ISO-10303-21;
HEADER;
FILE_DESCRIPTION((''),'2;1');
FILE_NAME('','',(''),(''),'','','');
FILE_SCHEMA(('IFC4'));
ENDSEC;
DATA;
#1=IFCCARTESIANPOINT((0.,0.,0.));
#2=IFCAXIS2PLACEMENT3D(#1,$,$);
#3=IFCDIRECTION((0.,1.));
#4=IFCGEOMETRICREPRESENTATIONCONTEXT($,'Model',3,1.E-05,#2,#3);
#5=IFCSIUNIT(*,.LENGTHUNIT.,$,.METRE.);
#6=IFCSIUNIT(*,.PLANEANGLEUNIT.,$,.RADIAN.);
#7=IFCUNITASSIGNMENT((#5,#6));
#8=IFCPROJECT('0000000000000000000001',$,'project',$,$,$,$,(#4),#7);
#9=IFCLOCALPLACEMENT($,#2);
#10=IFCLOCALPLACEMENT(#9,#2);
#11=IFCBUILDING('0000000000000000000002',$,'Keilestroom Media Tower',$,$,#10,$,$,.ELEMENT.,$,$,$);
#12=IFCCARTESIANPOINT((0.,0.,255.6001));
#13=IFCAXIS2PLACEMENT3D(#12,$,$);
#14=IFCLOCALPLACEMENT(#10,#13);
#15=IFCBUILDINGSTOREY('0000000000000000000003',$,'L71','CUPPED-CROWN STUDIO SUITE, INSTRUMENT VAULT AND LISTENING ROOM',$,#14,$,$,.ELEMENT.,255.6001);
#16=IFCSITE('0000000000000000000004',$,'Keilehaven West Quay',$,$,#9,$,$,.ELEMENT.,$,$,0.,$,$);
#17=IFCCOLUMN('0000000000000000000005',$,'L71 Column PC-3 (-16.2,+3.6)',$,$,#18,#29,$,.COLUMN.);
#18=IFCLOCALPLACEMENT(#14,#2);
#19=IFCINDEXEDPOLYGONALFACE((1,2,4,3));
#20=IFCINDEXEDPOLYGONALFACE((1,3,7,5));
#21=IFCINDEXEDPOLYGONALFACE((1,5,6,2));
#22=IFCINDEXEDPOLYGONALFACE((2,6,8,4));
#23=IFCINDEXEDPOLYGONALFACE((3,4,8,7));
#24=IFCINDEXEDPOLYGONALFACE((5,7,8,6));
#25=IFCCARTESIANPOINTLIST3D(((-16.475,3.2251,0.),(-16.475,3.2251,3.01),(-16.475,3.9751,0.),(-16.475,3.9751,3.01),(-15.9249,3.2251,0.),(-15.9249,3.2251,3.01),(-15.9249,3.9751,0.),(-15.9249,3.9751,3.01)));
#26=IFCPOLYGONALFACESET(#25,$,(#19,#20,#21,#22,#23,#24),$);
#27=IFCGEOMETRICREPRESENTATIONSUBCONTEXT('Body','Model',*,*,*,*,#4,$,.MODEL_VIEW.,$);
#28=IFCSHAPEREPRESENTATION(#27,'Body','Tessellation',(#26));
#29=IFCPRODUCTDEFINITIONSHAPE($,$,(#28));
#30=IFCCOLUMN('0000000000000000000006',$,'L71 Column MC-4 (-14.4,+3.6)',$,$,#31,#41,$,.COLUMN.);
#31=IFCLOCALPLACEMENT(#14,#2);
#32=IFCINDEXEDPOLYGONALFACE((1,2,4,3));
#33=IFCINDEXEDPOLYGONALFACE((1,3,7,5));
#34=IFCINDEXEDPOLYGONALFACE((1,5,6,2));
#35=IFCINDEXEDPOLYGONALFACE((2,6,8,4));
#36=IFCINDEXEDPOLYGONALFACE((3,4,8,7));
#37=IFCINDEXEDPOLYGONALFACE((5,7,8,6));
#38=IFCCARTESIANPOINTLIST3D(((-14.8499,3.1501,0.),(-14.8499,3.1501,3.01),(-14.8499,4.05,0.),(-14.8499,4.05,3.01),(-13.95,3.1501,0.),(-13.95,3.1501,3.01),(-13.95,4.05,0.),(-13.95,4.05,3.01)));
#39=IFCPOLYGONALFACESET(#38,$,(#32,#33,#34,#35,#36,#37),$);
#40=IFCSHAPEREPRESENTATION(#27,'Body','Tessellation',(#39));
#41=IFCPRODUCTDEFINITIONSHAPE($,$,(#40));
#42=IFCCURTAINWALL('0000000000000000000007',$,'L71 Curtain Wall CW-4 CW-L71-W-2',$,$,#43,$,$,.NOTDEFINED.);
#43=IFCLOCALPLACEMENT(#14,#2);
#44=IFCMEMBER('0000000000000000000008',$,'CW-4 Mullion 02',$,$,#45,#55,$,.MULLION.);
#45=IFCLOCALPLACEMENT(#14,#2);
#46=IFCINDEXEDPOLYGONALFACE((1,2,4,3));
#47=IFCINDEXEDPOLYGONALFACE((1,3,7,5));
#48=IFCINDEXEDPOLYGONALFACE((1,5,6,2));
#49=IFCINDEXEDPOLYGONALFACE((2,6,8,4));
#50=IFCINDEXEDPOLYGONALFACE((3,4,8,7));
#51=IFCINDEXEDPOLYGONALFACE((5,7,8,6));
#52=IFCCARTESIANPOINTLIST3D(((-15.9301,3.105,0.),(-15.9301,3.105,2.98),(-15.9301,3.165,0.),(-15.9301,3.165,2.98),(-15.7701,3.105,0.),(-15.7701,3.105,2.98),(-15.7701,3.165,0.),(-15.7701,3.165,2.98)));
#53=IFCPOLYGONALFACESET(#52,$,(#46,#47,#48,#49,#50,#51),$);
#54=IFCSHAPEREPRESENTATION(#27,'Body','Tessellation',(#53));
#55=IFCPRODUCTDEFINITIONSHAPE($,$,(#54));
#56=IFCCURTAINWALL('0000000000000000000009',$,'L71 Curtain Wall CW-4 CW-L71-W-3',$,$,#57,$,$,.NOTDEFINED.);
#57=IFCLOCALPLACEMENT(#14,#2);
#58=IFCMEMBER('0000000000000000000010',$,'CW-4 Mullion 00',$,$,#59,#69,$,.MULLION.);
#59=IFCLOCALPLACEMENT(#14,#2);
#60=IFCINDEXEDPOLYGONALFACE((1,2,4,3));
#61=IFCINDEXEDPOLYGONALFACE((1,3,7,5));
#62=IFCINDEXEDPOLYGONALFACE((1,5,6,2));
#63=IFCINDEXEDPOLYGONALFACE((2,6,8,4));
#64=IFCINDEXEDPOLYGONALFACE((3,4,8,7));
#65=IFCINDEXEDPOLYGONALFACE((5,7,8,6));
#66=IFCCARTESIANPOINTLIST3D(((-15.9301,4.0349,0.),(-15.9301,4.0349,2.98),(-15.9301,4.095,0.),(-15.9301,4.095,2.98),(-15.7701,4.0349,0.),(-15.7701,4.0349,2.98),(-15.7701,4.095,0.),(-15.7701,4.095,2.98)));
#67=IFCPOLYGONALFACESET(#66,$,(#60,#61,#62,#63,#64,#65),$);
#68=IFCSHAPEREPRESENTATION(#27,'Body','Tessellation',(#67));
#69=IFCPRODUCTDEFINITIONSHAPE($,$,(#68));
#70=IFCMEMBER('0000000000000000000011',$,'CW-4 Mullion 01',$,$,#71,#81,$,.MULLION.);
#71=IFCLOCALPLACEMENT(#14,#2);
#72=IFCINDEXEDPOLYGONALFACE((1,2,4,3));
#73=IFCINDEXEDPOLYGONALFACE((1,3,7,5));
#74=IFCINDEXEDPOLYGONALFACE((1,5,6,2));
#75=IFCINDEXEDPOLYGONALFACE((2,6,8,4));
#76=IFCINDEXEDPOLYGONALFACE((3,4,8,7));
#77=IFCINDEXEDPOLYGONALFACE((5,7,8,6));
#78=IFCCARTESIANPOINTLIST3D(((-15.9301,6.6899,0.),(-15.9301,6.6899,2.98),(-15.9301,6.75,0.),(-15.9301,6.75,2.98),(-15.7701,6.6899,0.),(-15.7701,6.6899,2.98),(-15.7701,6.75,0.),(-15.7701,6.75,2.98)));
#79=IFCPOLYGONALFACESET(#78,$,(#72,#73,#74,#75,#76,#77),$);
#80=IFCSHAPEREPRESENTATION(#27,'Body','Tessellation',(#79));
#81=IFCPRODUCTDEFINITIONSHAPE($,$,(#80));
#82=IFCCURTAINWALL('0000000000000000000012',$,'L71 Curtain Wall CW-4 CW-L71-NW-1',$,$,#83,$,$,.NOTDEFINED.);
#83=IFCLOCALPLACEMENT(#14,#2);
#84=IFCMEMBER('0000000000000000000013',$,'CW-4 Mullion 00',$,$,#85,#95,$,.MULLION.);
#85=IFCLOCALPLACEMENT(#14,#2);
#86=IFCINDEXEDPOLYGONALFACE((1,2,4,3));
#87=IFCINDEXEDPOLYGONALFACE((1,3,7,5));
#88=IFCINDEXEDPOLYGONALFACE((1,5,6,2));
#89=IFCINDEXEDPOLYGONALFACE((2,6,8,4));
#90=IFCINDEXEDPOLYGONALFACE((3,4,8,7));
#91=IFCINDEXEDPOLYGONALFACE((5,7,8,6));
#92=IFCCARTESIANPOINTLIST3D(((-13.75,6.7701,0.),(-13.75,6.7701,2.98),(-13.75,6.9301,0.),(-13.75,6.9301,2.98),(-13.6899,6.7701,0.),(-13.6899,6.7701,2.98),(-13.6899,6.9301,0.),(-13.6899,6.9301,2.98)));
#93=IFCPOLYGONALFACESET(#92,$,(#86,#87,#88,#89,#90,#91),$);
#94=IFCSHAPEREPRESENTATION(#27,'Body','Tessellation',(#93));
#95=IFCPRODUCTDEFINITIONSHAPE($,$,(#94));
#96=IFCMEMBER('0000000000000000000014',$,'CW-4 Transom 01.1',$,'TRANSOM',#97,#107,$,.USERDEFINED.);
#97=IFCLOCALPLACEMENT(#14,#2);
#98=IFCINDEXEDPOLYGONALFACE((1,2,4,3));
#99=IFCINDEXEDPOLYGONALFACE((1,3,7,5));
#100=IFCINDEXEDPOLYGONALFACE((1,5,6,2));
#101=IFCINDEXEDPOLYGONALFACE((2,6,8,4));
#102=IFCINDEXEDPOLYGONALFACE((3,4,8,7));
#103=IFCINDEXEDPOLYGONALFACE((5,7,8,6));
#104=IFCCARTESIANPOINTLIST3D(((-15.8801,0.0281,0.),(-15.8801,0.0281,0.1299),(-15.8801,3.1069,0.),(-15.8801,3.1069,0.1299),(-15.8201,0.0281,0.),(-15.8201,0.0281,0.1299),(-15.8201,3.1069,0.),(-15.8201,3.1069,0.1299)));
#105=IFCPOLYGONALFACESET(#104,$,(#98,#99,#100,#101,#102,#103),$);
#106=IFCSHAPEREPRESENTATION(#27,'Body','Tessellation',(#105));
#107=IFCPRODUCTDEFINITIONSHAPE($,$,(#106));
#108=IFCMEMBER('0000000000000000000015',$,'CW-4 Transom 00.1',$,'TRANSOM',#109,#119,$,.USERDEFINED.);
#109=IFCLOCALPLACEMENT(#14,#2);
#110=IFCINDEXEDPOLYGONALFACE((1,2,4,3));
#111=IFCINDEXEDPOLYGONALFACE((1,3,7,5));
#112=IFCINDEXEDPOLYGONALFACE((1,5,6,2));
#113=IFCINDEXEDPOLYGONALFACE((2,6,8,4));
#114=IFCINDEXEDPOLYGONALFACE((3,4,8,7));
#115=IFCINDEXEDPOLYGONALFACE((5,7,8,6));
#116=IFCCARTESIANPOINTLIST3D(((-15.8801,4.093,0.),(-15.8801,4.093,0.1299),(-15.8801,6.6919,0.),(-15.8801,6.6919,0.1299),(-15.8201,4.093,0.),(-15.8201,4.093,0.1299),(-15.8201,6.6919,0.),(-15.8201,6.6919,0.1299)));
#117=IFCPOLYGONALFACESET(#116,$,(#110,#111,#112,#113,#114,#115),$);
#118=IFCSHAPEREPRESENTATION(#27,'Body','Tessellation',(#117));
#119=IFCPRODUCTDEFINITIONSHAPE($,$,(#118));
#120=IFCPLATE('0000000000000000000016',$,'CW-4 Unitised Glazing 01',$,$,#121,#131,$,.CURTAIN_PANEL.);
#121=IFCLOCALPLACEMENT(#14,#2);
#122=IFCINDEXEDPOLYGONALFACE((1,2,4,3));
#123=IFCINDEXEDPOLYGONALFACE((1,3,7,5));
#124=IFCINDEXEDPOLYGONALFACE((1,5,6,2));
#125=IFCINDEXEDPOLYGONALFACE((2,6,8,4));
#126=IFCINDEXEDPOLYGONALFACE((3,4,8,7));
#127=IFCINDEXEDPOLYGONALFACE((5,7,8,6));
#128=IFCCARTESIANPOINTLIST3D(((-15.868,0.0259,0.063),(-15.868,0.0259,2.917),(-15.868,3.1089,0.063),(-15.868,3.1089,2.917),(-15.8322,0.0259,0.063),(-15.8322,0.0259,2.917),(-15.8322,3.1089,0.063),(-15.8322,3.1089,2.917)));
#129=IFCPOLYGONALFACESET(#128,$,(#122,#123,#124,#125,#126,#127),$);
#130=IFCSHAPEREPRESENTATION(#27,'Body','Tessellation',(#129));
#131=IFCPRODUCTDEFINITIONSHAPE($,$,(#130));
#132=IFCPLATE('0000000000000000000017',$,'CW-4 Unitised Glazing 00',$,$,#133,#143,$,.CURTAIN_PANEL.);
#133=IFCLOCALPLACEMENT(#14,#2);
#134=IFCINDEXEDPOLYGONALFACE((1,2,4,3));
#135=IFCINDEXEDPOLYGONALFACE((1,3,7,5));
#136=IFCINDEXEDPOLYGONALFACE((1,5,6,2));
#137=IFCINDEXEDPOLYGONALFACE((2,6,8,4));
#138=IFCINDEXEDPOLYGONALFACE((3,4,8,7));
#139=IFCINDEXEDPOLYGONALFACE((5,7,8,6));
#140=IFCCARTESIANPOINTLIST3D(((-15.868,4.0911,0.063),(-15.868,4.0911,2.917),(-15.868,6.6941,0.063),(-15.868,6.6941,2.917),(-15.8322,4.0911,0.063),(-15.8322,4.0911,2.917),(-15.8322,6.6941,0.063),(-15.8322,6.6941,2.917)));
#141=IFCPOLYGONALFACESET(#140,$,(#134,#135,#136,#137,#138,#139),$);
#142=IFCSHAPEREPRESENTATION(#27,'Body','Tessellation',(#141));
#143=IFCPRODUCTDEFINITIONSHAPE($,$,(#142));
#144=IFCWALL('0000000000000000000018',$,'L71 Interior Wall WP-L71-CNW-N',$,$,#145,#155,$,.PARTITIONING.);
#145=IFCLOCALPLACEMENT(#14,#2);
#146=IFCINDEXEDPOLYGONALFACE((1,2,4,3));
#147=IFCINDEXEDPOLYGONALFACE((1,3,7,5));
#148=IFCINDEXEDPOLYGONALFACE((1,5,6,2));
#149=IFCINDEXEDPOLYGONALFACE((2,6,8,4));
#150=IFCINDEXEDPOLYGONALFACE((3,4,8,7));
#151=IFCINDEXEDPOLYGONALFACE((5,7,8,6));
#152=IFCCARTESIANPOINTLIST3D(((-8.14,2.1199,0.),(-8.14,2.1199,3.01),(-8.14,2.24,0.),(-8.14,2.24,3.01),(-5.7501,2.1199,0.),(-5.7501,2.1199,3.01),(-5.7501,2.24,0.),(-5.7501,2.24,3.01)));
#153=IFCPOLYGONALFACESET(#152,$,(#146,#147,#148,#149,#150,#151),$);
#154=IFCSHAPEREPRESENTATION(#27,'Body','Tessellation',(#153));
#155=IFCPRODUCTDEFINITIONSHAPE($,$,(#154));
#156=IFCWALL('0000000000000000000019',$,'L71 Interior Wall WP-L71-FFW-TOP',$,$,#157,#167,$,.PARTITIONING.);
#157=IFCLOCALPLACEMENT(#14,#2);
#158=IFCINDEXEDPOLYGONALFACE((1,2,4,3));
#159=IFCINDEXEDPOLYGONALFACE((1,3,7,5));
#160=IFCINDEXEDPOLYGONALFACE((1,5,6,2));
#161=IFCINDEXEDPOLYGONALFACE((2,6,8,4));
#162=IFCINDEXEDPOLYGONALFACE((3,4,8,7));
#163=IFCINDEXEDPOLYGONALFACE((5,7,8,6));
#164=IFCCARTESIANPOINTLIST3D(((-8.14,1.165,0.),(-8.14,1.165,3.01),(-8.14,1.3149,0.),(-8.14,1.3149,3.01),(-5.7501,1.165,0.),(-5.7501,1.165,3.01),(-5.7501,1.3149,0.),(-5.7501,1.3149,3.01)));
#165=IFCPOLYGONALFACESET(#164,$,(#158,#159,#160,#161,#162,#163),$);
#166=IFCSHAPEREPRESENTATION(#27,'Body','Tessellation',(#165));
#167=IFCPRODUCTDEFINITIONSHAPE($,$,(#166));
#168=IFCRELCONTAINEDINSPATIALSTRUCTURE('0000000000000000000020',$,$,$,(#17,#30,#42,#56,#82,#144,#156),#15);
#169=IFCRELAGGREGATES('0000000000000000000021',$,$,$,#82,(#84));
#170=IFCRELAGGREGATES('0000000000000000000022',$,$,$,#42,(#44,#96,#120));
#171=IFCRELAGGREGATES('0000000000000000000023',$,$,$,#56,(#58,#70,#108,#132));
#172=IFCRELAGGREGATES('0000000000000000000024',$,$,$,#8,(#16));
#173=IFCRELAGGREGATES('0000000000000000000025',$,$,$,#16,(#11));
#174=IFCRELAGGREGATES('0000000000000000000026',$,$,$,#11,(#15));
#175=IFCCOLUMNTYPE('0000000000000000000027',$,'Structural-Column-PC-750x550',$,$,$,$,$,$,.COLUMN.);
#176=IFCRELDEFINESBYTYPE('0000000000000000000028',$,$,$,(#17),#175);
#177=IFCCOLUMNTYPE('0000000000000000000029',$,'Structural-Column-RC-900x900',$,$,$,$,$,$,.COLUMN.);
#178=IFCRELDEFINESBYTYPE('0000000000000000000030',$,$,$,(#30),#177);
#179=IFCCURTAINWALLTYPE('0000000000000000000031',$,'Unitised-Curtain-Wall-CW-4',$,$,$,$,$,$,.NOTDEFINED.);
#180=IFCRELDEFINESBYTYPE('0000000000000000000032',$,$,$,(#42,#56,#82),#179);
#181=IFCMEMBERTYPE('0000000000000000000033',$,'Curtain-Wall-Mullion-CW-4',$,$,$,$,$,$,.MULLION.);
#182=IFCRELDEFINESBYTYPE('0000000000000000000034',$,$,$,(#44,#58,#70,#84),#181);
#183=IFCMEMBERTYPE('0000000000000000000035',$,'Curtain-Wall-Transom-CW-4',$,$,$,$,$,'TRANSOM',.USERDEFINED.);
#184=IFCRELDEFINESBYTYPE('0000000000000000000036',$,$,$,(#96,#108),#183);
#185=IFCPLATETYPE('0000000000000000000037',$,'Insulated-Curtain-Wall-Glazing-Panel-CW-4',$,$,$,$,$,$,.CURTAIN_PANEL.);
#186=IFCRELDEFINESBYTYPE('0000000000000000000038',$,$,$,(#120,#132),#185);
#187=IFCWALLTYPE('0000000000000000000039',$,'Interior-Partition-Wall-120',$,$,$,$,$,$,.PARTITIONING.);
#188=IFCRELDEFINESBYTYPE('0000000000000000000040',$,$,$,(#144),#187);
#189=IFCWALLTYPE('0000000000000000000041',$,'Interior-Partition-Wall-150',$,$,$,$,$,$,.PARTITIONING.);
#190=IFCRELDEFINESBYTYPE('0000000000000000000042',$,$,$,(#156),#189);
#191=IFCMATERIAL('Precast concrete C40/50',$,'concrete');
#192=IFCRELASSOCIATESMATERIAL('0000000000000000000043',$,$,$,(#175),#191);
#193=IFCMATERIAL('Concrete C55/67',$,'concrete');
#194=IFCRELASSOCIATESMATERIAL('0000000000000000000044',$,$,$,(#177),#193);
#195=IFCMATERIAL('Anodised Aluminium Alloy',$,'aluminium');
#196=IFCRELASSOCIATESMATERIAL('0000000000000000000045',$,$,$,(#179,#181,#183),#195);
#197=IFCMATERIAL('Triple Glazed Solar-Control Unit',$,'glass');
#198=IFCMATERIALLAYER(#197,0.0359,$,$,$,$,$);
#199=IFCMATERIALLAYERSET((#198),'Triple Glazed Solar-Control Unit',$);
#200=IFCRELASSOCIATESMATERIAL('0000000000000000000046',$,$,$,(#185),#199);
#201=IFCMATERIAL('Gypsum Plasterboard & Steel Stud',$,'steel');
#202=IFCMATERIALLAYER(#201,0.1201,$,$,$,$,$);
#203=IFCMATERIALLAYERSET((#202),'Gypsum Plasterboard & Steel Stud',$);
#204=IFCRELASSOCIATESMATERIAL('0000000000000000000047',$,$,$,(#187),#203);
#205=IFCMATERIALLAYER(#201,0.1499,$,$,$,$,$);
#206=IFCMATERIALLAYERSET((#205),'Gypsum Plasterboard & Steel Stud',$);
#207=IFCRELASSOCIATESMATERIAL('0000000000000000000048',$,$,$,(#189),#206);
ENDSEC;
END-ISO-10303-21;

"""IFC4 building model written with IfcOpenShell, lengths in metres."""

from ifc_helpers import new_model, si_unit, direction, frame, frame_2d, origin, origin_2d, place, context, subcontext, project, spatial, rectangle, extrude, source, transform, mapped, material, layer, layer_set, material_profile, profile_set, type_object, element, aggregate, save


model = new_model("IFC4")

# Units and contexts
model_context = context("Model", 3, precision=1e-05, world=origin(), true_north=direction((0.0, 1.0)))
body_context = subcontext(model_context, "Body", "Model", "MODEL_VIEW")
ifc_project = project(units=[si_unit("LENGTHUNIT", "METRE"), si_unit("PLANEANGLEUNIT", "RADIAN")], contexts=[model_context])

# Site, building, storey
site_placement = place(None, origin())
site = spatial("IfcSite", under=ifc_project, at=site_placement, Name="Keilehaven West Quay", CompositionType="ELEMENT", RefElevation=0.0)
building_placement = place(site_placement, origin())
building = spatial("IfcBuilding", under=site, at=building_placement, Name="Keilestroom Media Tower", CompositionType="ELEMENT")
storey_placement = place(building_placement, frame((0.0, 0.0, 255.6001)))
storey = spatial("IfcBuildingStorey", under=building, at=storey_placement, Name="L71", Description="CUPPED-CROWN STUDIO SUITE, INSTRUMENT VAULT AND LISTENING ROOM", CompositionType="ELEMENT", Elevation=255.6001)

# Columns
ifc_material_1 = material(Name="Precast concrete C40/50", Category="concrete")
ifc_material_profile_1 = material_profile(ifc_material_1, rectangle(XDim=0.55, YDim=0.75, at=origin_2d()), Name="PC 750x550")
ifc_profile_set_1 = profile_set([ifc_material_profile_1], Name="Precast concrete C40/50")
column_type_1 = type_object("IfcColumnType", Name="Structural-Column-PC-750x550", PredefinedType="COLUMN", material=ifc_profile_set_1)
shared_shape_1 = source(origin(), body_context, "Body", "SweptSolid", [
    extrude(rectangle(XDim=0.55, YDim=0.75, at=origin_2d()), origin(), (0.0, 0.0, 1.0), 3.01),
])
column_1_placement = place(storey_placement, frame((-16.2, 3.6001, 0.0), z_axis=(0.0, 0.0, 1.0), x_axis=(1.0, 0.0, 0.0)))
element("IfcColumn", 1, at=column_1_placement, inside=storey, type_object=column_type_1, Name="L71 Column PC-3 (-16.2,+3.6)", PredefinedType="COLUMN", context=body_context, shape_type="MappedRepresentation", body=[
    mapped(shared_shape_1, transform((0.0, 0.0, 0.0), x_axis=(1.0, 0.0, 0.0), y_axis=(0.0, 1.0, 0.0), z_axis=(0.0, 0.0, 1.0), scale=1.0)),
])
ifc_material_2 = material(Name="Concrete C55/67", Category="concrete")
ifc_material_profile_2 = material_profile(ifc_material_2, rectangle(XDim=0.8999, YDim=0.8999, at=origin_2d()), Name="RC 900x900")
ifc_profile_set_2 = profile_set([ifc_material_profile_2], Name="Concrete C55/67")
column_type_2 = type_object("IfcColumnType", Name="Structural-Column-RC-900x900", PredefinedType="COLUMN", material=ifc_profile_set_2)
shared_shape_2 = source(origin(), body_context, "Body", "SweptSolid", [
    extrude(rectangle(XDim=0.8999, YDim=0.8999, at=origin_2d()), origin(), (0.0, 0.0, 1.0), 3.01),
])
column_2_placement = place(storey_placement, frame((-14.3999, 3.6001, 0.0), z_axis=(0.0, 0.0, 1.0), x_axis=(1.0, 0.0, 0.0)))
element("IfcColumn", 2, at=column_2_placement, inside=storey, type_object=column_type_2, Name="L71 Column MC-4 (-14.4,+3.6)", PredefinedType="COLUMN", context=body_context, shape_type="MappedRepresentation", body=[
    mapped(shared_shape_2, transform((0.0, 0.0, 0.0), x_axis=(1.0, 0.0, 0.0), y_axis=(0.0, 1.0, 0.0), z_axis=(0.0, 0.0, 1.0), scale=1.0)),
])

# Curtain wall, member
ifc_material_3 = material(Name="Anodised Aluminium Alloy", Category="aluminium")
curtain_wall_type = type_object("IfcCurtainWallType", Name="Unitised-Curtain-Wall-CW-4", PredefinedType="NOTDEFINED", material=ifc_material_3)
curtain_wall_1_placement = place(storey_placement, origin())
curtain_wall_1 = element("IfcCurtainWall", 3, at=curtain_wall_1_placement, inside=storey, type_object=curtain_wall_type, Name="L71 Curtain Wall CW-4 CW-L71-W-2", PredefinedType="NOTDEFINED")
ifc_material_profile_3 = material_profile(ifc_material_3, rectangle(XDim=0.0601, YDim=0.1599, at=origin_2d()), Name="ALU MULLION 60x160")
ifc_profile_set_3 = profile_set([ifc_material_profile_3], Name="Anodised Aluminium Alloy")
member_type_1 = type_object("IfcMemberType", Name="Curtain-Wall-Mullion-CW-4", PredefinedType="MULLION", material=ifc_profile_set_3)
shared_shape_3 = source(origin(), body_context, "Body", "SweptSolid", [
    extrude(rectangle(XDim=0.0601, YDim=0.1599, at=origin_2d()), origin(), (0.0, 0.0, 1.0), 2.98),
])
member_1_placement = place(storey_placement, frame((-15.8501, 3.135, 0.0), z_axis=(0.0, 0.0, 1.0), x_axis=(0.0, 1.0, 0.0)))
member_1 = element("IfcMember", 4, at=member_1_placement, type_object=member_type_1, Name="CW-4 Mullion 02", PredefinedType="MULLION", context=body_context, shape_type="MappedRepresentation", body=[
    mapped(shared_shape_3, transform((0.0, 0.0, 0.0), x_axis=(1.0, 0.0, 0.0), y_axis=(0.0, 1.0, 0.0), z_axis=(0.0, 0.0, 1.0), scale=1.0)),
])

# Curtain wall, members
curtain_wall_2_placement = place(storey_placement, origin())
curtain_wall_2 = element("IfcCurtainWall", 5, at=curtain_wall_2_placement, inside=storey, type_object=curtain_wall_type, Name="L71 Curtain Wall CW-4 CW-L71-W-3", PredefinedType="NOTDEFINED")
member_2_placement = place(storey_placement, frame((-15.8501, 4.0649, 0.0), z_axis=(0.0, 0.0, 1.0), x_axis=(0.0, 1.0, 0.0)))
member_2 = element("IfcMember", 6, at=member_2_placement, type_object=member_type_1, Name="CW-4 Mullion 00", PredefinedType="MULLION", context=body_context, shape_type="MappedRepresentation", body=[
    mapped(shared_shape_3, transform((0.0, 0.0, 0.0), x_axis=(1.0, 0.0, 0.0), y_axis=(0.0, 1.0, 0.0), z_axis=(0.0, 0.0, 1.0), scale=1.0)),
])
member_3_placement = place(storey_placement, frame((-15.8501, 6.72, 0.0), z_axis=(0.0, 0.0, 1.0), x_axis=(0.0, 1.0, 0.0)))
member_3 = element("IfcMember", 7, at=member_3_placement, type_object=member_type_1, Name="CW-4 Mullion 01", PredefinedType="MULLION", context=body_context, shape_type="MappedRepresentation", body=[
    mapped(shared_shape_3, transform((0.0, 0.0, 0.0), x_axis=(1.0, 0.0, 0.0), y_axis=(0.0, 1.0, 0.0), z_axis=(0.0, 0.0, 1.0), scale=1.0)),
])

# Curtain wall, member
curtain_wall_3_placement = place(storey_placement, origin())
curtain_wall_3 = element("IfcCurtainWall", 8, at=curtain_wall_3_placement, inside=storey, type_object=curtain_wall_type, Name="L71 Curtain Wall CW-4 CW-L71-NW-1", PredefinedType="NOTDEFINED")
member_4_placement = place(storey_placement, frame((-13.72, 6.8501, 0.0), z_axis=(0.0, 0.0, 1.0), x_axis=(1.0, 0.0, 0.0)))
member_4 = element("IfcMember", 9, at=member_4_placement, type_object=member_type_1, Name="CW-4 Mullion 00", PredefinedType="MULLION", context=body_context, shape_type="MappedRepresentation", body=[
    mapped(shared_shape_3, transform((0.0, 0.0, 0.0), x_axis=(1.0, 0.0, 0.0), y_axis=(0.0, 1.0, 0.0), z_axis=(0.0, 0.0, 1.0), scale=1.0)),
])
aggregate(curtain_wall_3, [member_4])

# Members
ifc_material_profile_4 = material_profile(ifc_material_3, rectangle(XDim=0.0601, YDim=0.1299, at=origin_2d()), Name="ALU TRANSOM 60x130")
ifc_profile_set_4 = profile_set([ifc_material_profile_4], Name="Anodised Aluminium Alloy")
member_type_2 = type_object("IfcMemberType", Name="Curtain-Wall-Transom-CW-4", ElementType="TRANSOM", PredefinedType="USERDEFINED", material=ifc_profile_set_4)
shared_shape_4 = source(origin(), body_context, "Body", "SweptSolid", [
    extrude(rectangle(XDim=0.0601, YDim=0.1299, at=origin_2d()), origin(), (0.0, 0.0, 1.0), 3.0789),
])
member_5_placement = place(storey_placement, frame((-15.8501, 0.0281, 0.0649), z_axis=(0.0, 1.0, 0.0), x_axis=(-1.0, 0.0, 0.0)))
member_5 = element("IfcMember", 10, at=member_5_placement, type_object=member_type_2, Name="CW-4 Transom 01.1", ObjectType="TRANSOM", PredefinedType="USERDEFINED", context=body_context, shape_type="MappedRepresentation", body=[
    mapped(shared_shape_4, transform((0.0, 0.0, 0.0), x_axis=(1.0, 0.0, 0.0), y_axis=(0.0, 1.0, 0.0), z_axis=(0.0, 0.0, 1.0), scale=1.0)),
])
shared_shape_5 = source(origin(), body_context, "Body", "SweptSolid", [
    extrude(rectangle(XDim=0.0601, YDim=0.1299, at=origin_2d()), origin(), (0.0, 0.0, 1.0), 2.5989),
])
member_6_placement = place(storey_placement, frame((-15.8501, 4.093, 0.0649), z_axis=(0.0, 1.0, 0.0), x_axis=(-1.0, 0.0, 0.0)))
member_6 = element("IfcMember", 11, at=member_6_placement, type_object=member_type_2, Name="CW-4 Transom 00.1", ObjectType="TRANSOM", PredefinedType="USERDEFINED", context=body_context, shape_type="MappedRepresentation", body=[
    mapped(shared_shape_5, transform((0.0, 0.0, 0.0), x_axis=(1.0, 0.0, 0.0), y_axis=(0.0, 1.0, 0.0), z_axis=(0.0, 0.0, 1.0), scale=1.0)),
])

# Plates
ifc_material_4 = material(Name="Triple Glazed Solar-Control Unit", Category="glass")
ifc_layer_1 = layer(ifc_material_4, 0.0359)
ifc_layer_set_1 = layer_set([ifc_layer_1], Name="Triple Glazed Solar-Control Unit")
plate_type = type_object("IfcPlateType", Name="Insulated-Curtain-Wall-Glazing-Panel-CW-4", PredefinedType="CURTAIN_PANEL", material=ifc_layer_set_1)
shared_shape_6 = source(origin(), body_context, "Body", "SweptSolid", [
    extrude(rectangle(XDim=3.083, YDim=0.0359, at=origin_2d()), origin(), (0.0, 0.0, 1.0), 2.854),
])
plate_1_placement = place(storey_placement, frame((-15.8501, 1.5674, 0.063), z_axis=(0.0, 0.0, 1.0), x_axis=(0.0, 1.0, 0.0)))
plate_1 = element("IfcPlate", 12, at=plate_1_placement, type_object=plate_type, Name="CW-4 Unitised Glazing 01", PredefinedType="CURTAIN_PANEL", context=body_context, shape_type="MappedRepresentation", body=[
    mapped(shared_shape_6, transform((0.0, 0.0, 0.0), x_axis=(1.0, 0.0, 0.0), y_axis=(0.0, 1.0, 0.0), z_axis=(0.0, 0.0, 1.0), scale=1.0)),
])
aggregate(curtain_wall_1, [member_1, member_5, plate_1])
shared_shape_7 = source(origin(), body_context, "Body", "SweptSolid", [
    extrude(rectangle(XDim=2.603, YDim=0.0359, at=origin_2d()), origin(), (0.0, 0.0, 1.0), 2.854),
])
plate_2_placement = place(storey_placement, frame((-15.8501, 5.3926, 0.063), z_axis=(0.0, 0.0, 1.0), x_axis=(0.0, 1.0, 0.0)))
plate_2 = element("IfcPlate", 13, at=plate_2_placement, type_object=plate_type, Name="CW-4 Unitised Glazing 00", PredefinedType="CURTAIN_PANEL", context=body_context, shape_type="MappedRepresentation", body=[
    mapped(shared_shape_7, transform((0.0, 0.0, 0.0), x_axis=(1.0, 0.0, 0.0), y_axis=(0.0, 1.0, 0.0), z_axis=(0.0, 0.0, 1.0), scale=1.0)),
])
aggregate(curtain_wall_2, [member_2, member_3, member_6, plate_2])

# Walls
ifc_material_5 = material(Name="Gypsum Plasterboard & Steel Stud", Category="steel")
ifc_layer_2 = layer(ifc_material_5, 0.1201)
ifc_layer_set_2 = layer_set([ifc_layer_2], Name="Gypsum Plasterboard & Steel Stud")
wall_type_1 = type_object("IfcWallType", Name="Interior-Partition-Wall-120", PredefinedType="PARTITIONING", material=ifc_layer_set_2)
wall_1_placement = place(storey_placement, frame((-8.1399, 2.1799, 0.0), z_axis=(0.0, 0.0, 1.0), x_axis=(1.0, 0.0, 0.0)))
element("IfcWall", 14, at=wall_1_placement, inside=storey, type_object=wall_type_1, Name="L71 Interior Wall WP-L71-CNW-N", PredefinedType="PARTITIONING", context=body_context, shape_type="SweptSolid", body=[
    extrude(rectangle(XDim=2.3899, YDim=0.1201, at=frame_2d((1.1948, 0.0))), origin(), (0.0, 0.0, 1.0), 3.01),
])
ifc_layer_3 = layer(ifc_material_5, 0.1499)
ifc_layer_set_3 = layer_set([ifc_layer_3], Name="Gypsum Plasterboard & Steel Stud")
wall_type_2 = type_object("IfcWallType", Name="Interior-Partition-Wall-150", PredefinedType="PARTITIONING", material=ifc_layer_set_3)
wall_2_placement = place(storey_placement, frame((-8.1399, 1.24, 0.0), z_axis=(0.0, 0.0, 1.0), x_axis=(1.0, 0.0, 0.0)))
element("IfcWall", 15, at=wall_2_placement, inside=storey, type_object=wall_type_2, Name="L71 Interior Wall WP-L71-FFW-TOP", PredefinedType="PARTITIONING", context=body_context, shape_type="SweptSolid", body=[
    extrude(rectangle(XDim=2.3899, YDim=0.1499, at=frame_2d((1.1948, 0.0))), origin(), (0.0, 0.0, 1.0), 3.01),
])

save(model, "model.ifc")
